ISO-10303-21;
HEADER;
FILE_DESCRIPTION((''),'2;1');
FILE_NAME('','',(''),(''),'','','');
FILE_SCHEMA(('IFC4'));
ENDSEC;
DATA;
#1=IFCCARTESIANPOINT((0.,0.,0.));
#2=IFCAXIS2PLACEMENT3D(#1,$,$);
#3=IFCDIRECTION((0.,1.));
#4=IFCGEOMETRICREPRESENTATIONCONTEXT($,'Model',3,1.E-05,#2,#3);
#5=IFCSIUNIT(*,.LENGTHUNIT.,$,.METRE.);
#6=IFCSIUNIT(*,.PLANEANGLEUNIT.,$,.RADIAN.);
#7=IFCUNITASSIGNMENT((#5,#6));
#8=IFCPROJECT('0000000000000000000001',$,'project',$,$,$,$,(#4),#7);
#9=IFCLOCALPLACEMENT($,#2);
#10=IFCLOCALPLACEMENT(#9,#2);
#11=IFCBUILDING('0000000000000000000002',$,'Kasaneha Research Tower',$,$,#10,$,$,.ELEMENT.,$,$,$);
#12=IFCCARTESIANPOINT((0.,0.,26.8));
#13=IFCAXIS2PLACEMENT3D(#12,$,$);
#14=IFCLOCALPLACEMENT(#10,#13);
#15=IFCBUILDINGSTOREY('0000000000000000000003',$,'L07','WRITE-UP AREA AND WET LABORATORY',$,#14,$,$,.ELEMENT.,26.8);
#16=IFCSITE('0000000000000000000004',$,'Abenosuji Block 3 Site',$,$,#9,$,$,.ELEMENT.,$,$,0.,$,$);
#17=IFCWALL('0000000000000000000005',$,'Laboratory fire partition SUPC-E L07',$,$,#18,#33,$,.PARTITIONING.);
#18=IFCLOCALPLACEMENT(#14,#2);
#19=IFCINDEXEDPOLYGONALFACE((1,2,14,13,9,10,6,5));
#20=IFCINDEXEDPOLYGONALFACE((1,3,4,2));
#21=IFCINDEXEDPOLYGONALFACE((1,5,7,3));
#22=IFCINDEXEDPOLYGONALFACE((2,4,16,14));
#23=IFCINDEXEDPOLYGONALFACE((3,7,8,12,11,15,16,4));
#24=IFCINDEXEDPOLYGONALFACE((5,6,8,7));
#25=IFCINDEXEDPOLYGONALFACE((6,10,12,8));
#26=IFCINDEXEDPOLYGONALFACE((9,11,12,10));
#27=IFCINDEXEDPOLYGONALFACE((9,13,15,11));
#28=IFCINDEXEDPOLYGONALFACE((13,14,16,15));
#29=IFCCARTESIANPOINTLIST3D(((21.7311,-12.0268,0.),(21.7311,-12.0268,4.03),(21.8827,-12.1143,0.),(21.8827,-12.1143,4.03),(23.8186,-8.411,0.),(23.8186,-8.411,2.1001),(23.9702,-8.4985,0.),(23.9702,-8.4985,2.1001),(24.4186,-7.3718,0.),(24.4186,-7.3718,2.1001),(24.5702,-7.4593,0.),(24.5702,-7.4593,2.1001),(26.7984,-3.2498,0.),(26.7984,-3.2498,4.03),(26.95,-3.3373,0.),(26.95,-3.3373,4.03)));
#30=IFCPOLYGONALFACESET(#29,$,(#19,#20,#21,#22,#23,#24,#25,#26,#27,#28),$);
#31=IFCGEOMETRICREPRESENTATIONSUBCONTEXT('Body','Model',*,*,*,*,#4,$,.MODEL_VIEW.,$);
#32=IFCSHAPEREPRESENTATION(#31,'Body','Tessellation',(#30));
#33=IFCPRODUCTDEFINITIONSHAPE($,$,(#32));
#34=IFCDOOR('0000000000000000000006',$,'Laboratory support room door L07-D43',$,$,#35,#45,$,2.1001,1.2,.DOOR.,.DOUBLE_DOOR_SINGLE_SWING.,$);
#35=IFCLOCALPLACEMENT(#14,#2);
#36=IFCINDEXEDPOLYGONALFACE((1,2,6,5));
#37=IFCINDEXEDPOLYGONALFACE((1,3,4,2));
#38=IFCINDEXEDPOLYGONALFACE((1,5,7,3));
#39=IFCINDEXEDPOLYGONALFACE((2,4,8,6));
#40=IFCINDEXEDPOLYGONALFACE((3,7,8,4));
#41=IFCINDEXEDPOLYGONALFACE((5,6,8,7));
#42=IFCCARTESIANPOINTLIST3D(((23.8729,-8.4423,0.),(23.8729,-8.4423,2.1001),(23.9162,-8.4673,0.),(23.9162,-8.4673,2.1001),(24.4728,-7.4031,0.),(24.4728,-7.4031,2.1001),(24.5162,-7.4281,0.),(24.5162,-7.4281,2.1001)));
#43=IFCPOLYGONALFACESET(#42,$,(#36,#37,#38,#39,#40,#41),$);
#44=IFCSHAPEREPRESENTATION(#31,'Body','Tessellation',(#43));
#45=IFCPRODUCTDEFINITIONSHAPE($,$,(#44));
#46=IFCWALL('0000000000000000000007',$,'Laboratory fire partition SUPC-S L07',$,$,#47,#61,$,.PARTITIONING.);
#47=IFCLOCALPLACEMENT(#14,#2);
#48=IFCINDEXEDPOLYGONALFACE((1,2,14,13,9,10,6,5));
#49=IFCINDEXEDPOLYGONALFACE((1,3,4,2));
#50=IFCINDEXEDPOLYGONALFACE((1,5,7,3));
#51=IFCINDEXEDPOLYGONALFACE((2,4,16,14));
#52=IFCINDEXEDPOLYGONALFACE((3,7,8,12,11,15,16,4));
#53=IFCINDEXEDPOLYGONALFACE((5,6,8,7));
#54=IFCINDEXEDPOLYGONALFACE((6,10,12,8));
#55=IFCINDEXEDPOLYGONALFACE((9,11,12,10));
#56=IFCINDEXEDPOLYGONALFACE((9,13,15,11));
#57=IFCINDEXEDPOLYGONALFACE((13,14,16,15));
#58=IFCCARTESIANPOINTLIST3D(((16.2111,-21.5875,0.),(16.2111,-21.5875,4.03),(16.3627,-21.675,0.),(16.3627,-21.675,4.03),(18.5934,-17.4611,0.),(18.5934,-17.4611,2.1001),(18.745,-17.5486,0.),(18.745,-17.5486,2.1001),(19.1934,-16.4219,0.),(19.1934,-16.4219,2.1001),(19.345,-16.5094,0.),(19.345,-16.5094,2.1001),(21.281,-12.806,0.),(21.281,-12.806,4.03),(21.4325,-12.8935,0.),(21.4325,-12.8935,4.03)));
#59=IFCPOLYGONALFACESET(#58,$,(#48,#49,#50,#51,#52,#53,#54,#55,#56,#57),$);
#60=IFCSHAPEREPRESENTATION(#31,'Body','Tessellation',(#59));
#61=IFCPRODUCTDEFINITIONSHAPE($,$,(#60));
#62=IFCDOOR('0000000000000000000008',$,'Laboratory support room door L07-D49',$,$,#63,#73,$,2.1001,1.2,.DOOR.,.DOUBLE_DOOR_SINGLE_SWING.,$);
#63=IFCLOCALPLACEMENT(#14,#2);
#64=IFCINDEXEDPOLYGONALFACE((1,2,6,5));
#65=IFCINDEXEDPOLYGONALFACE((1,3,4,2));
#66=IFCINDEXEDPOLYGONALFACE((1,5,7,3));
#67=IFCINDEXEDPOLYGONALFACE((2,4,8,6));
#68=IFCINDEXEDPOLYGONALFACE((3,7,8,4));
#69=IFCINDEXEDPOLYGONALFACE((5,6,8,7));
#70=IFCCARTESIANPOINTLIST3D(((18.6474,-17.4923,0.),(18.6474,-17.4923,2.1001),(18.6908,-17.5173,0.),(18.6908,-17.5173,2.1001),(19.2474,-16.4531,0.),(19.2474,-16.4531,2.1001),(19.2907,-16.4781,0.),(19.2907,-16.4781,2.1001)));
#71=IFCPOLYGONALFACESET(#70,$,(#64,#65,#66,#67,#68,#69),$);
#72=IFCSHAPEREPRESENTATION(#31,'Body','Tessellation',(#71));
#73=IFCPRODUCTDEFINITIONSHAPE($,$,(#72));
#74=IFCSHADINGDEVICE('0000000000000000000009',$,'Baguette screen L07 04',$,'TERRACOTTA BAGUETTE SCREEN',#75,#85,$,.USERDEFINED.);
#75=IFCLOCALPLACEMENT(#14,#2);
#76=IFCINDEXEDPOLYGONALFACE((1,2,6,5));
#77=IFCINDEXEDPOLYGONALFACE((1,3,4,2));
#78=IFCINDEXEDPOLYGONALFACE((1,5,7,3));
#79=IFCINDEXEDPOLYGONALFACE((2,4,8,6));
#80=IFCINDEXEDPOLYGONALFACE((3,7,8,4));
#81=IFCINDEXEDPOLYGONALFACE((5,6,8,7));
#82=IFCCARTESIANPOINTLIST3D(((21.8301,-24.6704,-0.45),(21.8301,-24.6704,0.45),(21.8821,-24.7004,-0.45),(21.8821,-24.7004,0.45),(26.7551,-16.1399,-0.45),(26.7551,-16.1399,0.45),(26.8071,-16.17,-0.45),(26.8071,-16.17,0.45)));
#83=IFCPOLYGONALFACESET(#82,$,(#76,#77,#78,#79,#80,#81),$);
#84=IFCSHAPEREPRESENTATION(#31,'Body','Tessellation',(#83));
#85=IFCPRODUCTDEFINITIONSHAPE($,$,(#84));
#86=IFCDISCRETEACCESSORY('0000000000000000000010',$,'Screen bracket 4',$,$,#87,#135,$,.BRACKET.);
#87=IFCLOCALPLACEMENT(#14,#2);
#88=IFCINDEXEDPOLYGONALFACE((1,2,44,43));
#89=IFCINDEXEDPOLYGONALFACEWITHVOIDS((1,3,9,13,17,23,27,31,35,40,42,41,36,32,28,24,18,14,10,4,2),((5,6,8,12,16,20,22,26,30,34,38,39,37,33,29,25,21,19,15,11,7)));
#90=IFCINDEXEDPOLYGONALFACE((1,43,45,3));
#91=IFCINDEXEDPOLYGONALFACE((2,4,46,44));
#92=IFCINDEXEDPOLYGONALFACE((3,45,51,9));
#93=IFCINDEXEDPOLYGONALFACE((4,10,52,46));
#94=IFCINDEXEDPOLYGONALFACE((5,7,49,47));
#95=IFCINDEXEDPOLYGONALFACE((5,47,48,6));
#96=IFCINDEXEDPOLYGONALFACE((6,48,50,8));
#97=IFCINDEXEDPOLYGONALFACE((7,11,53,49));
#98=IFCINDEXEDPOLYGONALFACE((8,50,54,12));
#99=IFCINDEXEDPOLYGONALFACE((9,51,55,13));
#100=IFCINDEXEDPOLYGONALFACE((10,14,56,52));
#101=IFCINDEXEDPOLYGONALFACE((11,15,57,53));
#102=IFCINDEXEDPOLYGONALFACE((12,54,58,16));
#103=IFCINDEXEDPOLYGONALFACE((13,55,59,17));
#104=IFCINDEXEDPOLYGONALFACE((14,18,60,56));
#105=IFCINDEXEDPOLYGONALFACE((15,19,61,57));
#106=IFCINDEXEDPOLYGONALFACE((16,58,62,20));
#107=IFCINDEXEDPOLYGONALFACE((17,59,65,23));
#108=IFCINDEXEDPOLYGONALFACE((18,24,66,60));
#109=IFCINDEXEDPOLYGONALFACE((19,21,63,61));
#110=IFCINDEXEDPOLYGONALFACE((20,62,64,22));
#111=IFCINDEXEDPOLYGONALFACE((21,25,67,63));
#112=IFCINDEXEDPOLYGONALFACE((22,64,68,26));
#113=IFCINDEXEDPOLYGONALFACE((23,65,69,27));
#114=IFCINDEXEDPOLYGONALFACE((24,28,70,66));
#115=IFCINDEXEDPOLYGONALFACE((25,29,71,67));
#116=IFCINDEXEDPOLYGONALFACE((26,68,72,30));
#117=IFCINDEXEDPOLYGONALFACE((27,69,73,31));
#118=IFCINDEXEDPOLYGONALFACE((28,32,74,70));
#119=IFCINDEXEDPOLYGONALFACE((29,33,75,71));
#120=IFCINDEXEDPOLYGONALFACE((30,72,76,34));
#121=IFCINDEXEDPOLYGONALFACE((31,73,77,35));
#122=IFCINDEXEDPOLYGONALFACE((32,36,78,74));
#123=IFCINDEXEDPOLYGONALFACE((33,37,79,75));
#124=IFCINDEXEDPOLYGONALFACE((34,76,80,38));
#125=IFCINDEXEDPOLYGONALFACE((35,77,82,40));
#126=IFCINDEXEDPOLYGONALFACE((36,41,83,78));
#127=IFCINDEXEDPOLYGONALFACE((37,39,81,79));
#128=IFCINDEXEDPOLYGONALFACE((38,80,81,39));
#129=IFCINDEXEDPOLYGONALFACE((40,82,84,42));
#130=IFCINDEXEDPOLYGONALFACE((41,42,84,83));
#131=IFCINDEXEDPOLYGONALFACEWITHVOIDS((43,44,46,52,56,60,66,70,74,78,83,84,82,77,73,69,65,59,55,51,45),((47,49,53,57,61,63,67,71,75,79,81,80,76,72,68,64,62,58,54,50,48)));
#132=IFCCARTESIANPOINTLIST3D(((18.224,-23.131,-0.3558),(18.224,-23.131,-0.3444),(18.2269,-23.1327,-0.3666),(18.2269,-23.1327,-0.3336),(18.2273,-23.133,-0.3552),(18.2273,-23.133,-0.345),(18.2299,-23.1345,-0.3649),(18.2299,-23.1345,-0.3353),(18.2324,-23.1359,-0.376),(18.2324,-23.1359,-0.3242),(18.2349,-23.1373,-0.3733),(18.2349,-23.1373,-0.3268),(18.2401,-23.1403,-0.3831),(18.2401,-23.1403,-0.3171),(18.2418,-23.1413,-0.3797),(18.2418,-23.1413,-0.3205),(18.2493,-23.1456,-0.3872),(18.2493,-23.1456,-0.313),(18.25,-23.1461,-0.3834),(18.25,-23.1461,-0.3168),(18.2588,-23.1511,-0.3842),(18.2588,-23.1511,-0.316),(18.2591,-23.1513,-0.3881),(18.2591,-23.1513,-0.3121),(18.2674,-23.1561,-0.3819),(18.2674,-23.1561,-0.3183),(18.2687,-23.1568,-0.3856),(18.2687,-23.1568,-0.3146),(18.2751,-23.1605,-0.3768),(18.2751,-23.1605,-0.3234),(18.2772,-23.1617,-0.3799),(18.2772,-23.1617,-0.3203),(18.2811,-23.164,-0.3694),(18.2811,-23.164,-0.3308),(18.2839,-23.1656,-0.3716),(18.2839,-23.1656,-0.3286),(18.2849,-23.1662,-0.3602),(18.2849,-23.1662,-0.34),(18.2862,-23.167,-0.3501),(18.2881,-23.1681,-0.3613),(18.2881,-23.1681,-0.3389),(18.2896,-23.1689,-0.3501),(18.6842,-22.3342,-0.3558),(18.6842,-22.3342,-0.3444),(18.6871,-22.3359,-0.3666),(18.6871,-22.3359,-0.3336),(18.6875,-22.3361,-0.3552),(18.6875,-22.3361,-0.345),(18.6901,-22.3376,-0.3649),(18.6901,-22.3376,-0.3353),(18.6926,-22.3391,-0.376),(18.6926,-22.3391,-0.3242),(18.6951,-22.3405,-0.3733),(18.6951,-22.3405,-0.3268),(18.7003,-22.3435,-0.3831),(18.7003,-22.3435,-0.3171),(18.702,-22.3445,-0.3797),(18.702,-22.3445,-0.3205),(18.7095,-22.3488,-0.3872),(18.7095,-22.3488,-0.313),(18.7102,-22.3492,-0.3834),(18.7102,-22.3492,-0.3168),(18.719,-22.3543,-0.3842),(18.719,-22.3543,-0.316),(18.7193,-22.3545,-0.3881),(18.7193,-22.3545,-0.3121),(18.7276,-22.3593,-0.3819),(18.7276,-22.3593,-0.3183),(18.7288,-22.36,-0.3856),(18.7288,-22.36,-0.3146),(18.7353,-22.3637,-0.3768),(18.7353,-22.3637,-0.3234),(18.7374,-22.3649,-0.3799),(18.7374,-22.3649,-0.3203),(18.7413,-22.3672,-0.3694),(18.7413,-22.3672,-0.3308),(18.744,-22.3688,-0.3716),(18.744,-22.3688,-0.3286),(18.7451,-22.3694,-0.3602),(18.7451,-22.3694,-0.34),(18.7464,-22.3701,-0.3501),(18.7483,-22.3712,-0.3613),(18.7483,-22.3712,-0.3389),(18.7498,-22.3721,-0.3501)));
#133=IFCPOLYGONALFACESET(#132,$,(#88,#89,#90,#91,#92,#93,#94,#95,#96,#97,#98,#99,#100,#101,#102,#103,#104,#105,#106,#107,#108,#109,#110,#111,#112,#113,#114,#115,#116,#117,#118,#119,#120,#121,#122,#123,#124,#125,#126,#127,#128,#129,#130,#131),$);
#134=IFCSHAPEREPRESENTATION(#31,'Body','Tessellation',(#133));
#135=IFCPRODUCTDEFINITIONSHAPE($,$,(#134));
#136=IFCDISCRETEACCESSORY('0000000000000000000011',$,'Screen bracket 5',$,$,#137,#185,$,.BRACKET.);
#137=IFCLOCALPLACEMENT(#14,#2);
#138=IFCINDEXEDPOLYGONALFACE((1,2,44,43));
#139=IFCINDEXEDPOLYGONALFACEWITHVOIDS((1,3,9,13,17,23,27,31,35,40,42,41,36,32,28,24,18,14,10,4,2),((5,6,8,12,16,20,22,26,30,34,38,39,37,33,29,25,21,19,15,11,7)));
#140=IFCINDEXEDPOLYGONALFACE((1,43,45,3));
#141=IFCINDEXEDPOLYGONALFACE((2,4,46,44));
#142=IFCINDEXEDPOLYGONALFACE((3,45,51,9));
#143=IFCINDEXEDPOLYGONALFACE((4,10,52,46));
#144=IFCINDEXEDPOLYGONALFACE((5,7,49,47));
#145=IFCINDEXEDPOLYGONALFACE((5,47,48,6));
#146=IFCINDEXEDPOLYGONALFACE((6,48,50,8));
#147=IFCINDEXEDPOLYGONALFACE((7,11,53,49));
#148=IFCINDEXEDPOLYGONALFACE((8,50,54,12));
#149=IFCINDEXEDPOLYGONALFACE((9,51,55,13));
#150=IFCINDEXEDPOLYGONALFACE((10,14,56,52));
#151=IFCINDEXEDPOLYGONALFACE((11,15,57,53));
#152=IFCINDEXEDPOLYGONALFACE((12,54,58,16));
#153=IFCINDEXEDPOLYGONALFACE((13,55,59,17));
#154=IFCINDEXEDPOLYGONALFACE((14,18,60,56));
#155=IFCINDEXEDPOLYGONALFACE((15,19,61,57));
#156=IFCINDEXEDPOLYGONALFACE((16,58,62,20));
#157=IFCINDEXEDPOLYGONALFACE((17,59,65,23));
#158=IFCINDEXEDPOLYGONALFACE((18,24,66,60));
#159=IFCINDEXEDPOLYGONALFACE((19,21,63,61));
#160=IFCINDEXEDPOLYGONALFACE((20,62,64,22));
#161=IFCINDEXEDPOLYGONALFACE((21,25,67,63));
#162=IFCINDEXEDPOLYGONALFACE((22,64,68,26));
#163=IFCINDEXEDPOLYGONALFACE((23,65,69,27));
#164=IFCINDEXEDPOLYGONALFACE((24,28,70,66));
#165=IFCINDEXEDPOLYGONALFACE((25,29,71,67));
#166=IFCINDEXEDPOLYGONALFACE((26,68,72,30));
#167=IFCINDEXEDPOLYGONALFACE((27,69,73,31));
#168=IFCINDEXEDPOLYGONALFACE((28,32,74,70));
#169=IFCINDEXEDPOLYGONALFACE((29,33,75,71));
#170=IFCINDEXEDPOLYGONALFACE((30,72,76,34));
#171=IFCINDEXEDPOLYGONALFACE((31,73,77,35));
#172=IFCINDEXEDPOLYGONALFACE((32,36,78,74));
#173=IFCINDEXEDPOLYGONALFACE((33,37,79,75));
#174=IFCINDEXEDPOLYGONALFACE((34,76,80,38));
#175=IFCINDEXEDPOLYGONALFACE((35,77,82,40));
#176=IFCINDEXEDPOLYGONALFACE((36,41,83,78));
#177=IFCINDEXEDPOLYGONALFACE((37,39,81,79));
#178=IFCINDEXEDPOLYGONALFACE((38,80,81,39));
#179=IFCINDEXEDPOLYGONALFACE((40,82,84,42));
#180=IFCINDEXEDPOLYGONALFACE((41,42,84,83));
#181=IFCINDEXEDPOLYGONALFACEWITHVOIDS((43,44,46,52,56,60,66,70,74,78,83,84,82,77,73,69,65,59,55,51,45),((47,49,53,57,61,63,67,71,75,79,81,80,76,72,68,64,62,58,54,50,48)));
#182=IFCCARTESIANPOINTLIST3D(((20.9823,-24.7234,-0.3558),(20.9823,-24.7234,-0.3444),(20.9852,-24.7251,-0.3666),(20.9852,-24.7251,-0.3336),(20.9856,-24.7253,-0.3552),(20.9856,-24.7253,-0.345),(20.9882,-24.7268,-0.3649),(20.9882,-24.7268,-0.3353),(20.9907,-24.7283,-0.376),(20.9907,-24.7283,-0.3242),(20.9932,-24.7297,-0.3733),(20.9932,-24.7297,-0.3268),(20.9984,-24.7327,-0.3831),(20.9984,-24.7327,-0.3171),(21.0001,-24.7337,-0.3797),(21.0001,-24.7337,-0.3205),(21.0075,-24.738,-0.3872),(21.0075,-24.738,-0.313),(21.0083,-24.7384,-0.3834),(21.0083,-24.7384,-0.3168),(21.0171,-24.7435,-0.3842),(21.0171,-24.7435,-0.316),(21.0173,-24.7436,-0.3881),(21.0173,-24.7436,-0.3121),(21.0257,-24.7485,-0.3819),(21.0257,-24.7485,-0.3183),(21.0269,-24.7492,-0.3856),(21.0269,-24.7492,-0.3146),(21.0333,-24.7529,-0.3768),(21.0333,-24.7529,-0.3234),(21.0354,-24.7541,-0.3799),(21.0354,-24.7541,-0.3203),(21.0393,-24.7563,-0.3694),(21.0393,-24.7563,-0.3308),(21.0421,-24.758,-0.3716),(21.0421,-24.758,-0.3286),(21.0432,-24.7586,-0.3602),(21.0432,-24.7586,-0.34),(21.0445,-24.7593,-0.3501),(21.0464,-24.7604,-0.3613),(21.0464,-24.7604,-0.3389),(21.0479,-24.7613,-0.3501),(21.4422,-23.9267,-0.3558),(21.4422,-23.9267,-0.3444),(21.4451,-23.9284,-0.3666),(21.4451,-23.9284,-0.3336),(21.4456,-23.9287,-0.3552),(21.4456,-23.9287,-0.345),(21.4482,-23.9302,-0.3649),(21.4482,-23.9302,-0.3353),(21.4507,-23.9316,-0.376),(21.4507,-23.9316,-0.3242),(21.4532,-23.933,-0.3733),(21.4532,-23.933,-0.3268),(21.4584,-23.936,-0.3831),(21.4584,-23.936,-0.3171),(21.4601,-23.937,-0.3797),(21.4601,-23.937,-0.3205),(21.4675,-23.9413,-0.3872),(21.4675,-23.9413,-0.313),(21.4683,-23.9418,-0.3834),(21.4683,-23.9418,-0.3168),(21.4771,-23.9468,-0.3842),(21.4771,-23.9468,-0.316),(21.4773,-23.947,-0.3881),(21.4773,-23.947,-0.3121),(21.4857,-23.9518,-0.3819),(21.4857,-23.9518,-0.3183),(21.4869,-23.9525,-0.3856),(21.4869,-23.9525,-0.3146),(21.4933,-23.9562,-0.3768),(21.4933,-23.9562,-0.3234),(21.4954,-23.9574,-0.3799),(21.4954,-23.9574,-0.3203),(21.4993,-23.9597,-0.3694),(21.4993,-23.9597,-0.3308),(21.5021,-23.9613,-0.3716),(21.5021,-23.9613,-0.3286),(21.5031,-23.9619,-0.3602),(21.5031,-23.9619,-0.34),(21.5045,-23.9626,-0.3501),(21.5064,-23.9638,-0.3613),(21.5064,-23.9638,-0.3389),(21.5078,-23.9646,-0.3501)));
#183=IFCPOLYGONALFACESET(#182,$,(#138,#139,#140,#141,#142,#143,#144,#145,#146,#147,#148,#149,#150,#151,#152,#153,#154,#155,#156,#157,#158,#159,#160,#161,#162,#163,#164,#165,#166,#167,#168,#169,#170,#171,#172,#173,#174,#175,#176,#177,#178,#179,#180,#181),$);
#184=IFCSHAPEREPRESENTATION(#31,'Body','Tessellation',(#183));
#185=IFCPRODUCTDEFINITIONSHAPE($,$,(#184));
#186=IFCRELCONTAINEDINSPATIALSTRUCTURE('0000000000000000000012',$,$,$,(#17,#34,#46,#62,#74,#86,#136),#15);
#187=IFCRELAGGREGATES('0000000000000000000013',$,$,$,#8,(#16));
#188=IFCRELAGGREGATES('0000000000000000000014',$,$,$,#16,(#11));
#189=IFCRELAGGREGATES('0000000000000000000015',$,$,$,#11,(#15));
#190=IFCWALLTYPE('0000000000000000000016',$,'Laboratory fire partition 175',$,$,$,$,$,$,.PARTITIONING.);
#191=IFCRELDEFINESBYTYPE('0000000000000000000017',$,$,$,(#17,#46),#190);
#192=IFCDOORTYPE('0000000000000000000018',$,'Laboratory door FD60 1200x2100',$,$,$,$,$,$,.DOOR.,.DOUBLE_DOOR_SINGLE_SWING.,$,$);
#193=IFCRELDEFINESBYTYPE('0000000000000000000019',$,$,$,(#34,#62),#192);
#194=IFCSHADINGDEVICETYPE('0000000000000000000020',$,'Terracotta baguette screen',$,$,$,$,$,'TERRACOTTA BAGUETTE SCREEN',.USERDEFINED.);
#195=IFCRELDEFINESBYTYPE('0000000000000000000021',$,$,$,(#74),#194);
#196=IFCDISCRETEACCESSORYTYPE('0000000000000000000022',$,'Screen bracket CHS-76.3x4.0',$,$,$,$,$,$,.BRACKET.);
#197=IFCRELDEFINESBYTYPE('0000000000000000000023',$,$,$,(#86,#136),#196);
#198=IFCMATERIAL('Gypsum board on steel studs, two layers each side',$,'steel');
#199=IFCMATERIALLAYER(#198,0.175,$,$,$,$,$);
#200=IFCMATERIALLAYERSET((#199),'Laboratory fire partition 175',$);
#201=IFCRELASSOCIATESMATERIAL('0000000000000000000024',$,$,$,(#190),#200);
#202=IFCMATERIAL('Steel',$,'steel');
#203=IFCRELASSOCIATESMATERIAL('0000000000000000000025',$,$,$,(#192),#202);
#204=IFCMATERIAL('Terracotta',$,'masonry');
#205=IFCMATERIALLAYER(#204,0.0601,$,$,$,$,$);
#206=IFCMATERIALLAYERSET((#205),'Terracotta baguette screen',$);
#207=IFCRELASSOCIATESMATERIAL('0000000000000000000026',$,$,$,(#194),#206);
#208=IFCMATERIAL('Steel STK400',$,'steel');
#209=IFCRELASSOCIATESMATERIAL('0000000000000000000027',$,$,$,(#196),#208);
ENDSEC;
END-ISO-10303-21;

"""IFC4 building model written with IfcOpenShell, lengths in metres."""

from ifc_helpers import new_model, si_unit, direction, frame, frame_2d, origin, origin_2d, place, context, subcontext, project, spatial, rectangle, hollow_circle, extrude, material, layer, layer_set, material_profile, profile_set, type_object, element, fill, save


model = new_model("IFC4")

# Units and contexts
model_context = context("Model", 3, precision=1e-05, world=origin(), true_north=direction((0.0, 1.0)))
body_context = subcontext(model_context, "Body", "Model", "MODEL_VIEW")
ifc_project = project(units=[si_unit("LENGTHUNIT", "METRE"), si_unit("PLANEANGLEUNIT", "RADIAN")], contexts=[model_context])

# Site, building, storey
site_placement = place(None, origin())
site = spatial("IfcSite", under=ifc_project, at=site_placement, Name="Abenosuji Block 3 Site", CompositionType="ELEMENT", RefElevation=0.0)
building_placement = place(site_placement, origin())
building = spatial("IfcBuilding", under=site, at=building_placement, Name="Kasaneha Research Tower", CompositionType="ELEMENT")
storey_placement = place(building_placement, frame((0.0, 0.0, 26.8)))
storey = spatial("IfcBuildingStorey", under=building, at=storey_placement, Name="L07", Description="WRITE-UP AREA AND WET LABORATORY", CompositionType="ELEMENT", Elevation=26.8)

# Walls, openings, doors
ifc_material_1 = material(Name="Gypsum board on steel studs, two layers each side", Category="steel")
ifc_layer_1 = layer(ifc_material_1, 0.175)
ifc_layer_set_1 = layer_set([ifc_layer_1], Name="Laboratory fire partition 175")
wall_type = type_object("IfcWallType", Name="Laboratory fire partition 175", PredefinedType="PARTITIONING", material=ifc_layer_set_1)
wall_1_placement = place(storey_placement, frame((21.8069, -12.0706, 0.0), z_axis=(0.0, 0.0, 1.0), x_axis=(0.499994, 0.866029, 0.0)))
wall_1 = element("IfcWall", 1, at=wall_1_placement, inside=storey, type_object=wall_type, Name="Laboratory fire partition SUPC-E L07", PredefinedType="PARTITIONING", context=body_context, shape_type="SweptSolid", body=[
    extrude(rectangle(XDim=10.1348, YDim=0.175, at=frame_2d((5.0674, 0.0))), origin(), (0.0, 0.0, 1.0), 4.03),
])
opening_1_placement = place(wall_1_placement, frame((4.175, 0.0, 0.0)))
opening_1 = element("IfcOpeningElement", 2, at=opening_1_placement, cuts=wall_1, PredefinedType="OPENING", context=body_context, shape_type="SweptSolid", body=[
    extrude(rectangle(XDim=1.2, YDim=2.1001, at=frame_2d((0.6001, 1.05))), frame((0.0, 0.0977, 0.0), z_axis=(0.0, -1.0, 0.0), x_axis=(1.0, 0.0, 0.0)), (0.0, 0.0, 1.0), 0.1951),
])
ifc_material_2 = material(Name="Steel", Category="steel")
door_type = type_object("IfcDoorType", Name="Laboratory door FD60 1200x2100", OperationType="DOUBLE_DOOR_SINGLE_SWING", PredefinedType="DOOR", material=ifc_material_2)
door_1_placement = place(opening_1_placement, origin())
door_1 = element("IfcDoor", 3, at=door_1_placement, inside=storey, type_object=door_type, Name="Laboratory support room door L07-D43", OperationType="DOUBLE_DOOR_SINGLE_SWING", OverallHeight=2.1001, OverallWidth=1.2, PredefinedType="DOOR", context=body_context, shape_type="SweptSolid", body=[
    extrude(rectangle(XDim=1.2, YDim=2.1001, at=frame_2d((0.6001, 1.05))), frame((0.0, 0.0249, 0.0), z_axis=(0.0, -1.0, 0.0), x_axis=(1.0, 0.0, 0.0)), (0.0, 0.0, 1.0), 0.05),
])
fill(opening_1, door_1)
wall_2_placement = place(storey_placement, frame((21.3567, -12.8499, 0.0), z_axis=(0.0, 0.0, 1.0), x_axis=(-0.499987, -0.866033, 0.0)))
wall_2 = element("IfcWall", 4, at=wall_2_placement, inside=storey, type_object=wall_type, Name="Laboratory fire partition SUPC-S L07", PredefinedType="PARTITIONING", context=body_context, shape_type="SweptSolid", body=[
    extrude(rectangle(XDim=10.1399, YDim=0.175, at=frame_2d((5.0698, 0.0))), origin(), (0.0, 0.0, 1.0), 4.03),
])
opening_2_placement = place(wall_2_placement, frame((4.175, 0.0, 0.0)))
opening_2 = element("IfcOpeningElement", 5, at=opening_2_placement, cuts=wall_2, PredefinedType="OPENING", context=body_context, shape_type="SweptSolid", body=[
    extrude(rectangle(XDim=1.2, YDim=2.1001, at=frame_2d((0.6001, 1.05))), frame((0.0, 0.0977, 0.0), z_axis=(0.0, -1.0, 0.0), x_axis=(1.0, 0.0, 0.0)), (0.0, 0.0, 1.0), 0.1951),
])
door_2_placement = place(opening_2_placement, origin())
door_2 = element("IfcDoor", 6, at=door_2_placement, inside=storey, type_object=door_type, Name="Laboratory support room door L07-D49", OperationType="DOUBLE_DOOR_SINGLE_SWING", OverallHeight=2.1001, OverallWidth=1.2, PredefinedType="DOOR", context=body_context, shape_type="SweptSolid", body=[
    extrude(rectangle(XDim=1.2, YDim=2.1001, at=frame_2d((0.6001, 1.05))), frame((0.0, 0.0249, 0.0), z_axis=(0.0, -1.0, 0.0), x_axis=(1.0, 0.0, 0.0)), (0.0, 0.0, 1.0), 0.05),
])
fill(opening_2, door_2)

# Shading device
ifc_material_3 = material(Name="Terracotta", Category="masonry")
ifc_layer_2 = layer(ifc_material_3, 0.0601)
ifc_layer_set_2 = layer_set([ifc_layer_2], Name="Terracotta baguette screen")
shading_device_type = type_object("IfcShadingDeviceType", Name="Terracotta baguette screen", ElementType="TERRACOTTA BAGUETTE SCREEN", PredefinedType="USERDEFINED", material=ifc_layer_set_2)
shading_device_placement = place(storey_placement, frame((24.3186, -20.4202, -0.45), z_axis=(0.0, 0.0, 1.0), x_axis=(0.5, 0.866025, 0.0)))
element("IfcShadingDevice", 7, at=shading_device_placement, inside=storey, type_object=shading_device_type, Name="Baguette screen L07 04", ObjectType="TERRACOTTA BAGUETTE SCREEN", PredefinedType="USERDEFINED", context=body_context, shape_type="SweptSolid", body=[
    extrude(rectangle(XDim=9.8501, YDim=0.0601, at=origin_2d()), origin(), (0.0, 0.0, 1.0), 0.8999),
])

# Discrete accessories
ifc_material_4 = material(Name="Steel STK400", Category="steel")
ifc_material_profile_1 = material_profile(ifc_material_4, hollow_circle(Radius=0.0381, WallThickness=0.0039, at=origin_2d()), Name="CHS-76.3x4.0")
ifc_profile_set_1 = profile_set([ifc_material_profile_1], Name="Steel STK400")
discrete_accessory_type = type_object("IfcDiscreteAccessoryType", Name="Screen bracket CHS-76.3x4.0", PredefinedType="BRACKET", material=ifc_profile_set_1)
discrete_accessory_1_placement = place(storey_placement, frame((18.7168, -22.353, -0.3501), z_axis=(-0.500105, -0.865965, 0.0), x_axis=(0.865965, -0.500105, 0.0)))
element("IfcDiscreteAccessory", 8, at=discrete_accessory_1_placement, inside=storey, type_object=discrete_accessory_type, Name="Screen bracket 4", PredefinedType="BRACKET", context=body_context, shape_type="SweptSolid", body=[
    extrude(hollow_circle(Radius=0.0381, WallThickness=0.0039, at=origin_2d()), origin(), (0.0, 0.0, 1.0), 0.9202),
])
discrete_accessory_2_placement = place(storey_placement, frame((21.4749, -23.9456, -0.3501), z_axis=(-0.500021, -0.866013, 0.0), x_axis=(0.866013, -0.500021, 0.0)))
element("IfcDiscreteAccessory", 9, at=discrete_accessory_2_placement, inside=storey, type_object=discrete_accessory_type, Name="Screen bracket 5", PredefinedType="BRACKET", context=body_context, shape_type="SweptSolid", body=[
    extrude(hollow_circle(Radius=0.0381, WallThickness=0.0039, at=origin_2d()), origin(), (0.0, 0.0, 1.0), 0.9199),
])

save(model, "model.ifc")
